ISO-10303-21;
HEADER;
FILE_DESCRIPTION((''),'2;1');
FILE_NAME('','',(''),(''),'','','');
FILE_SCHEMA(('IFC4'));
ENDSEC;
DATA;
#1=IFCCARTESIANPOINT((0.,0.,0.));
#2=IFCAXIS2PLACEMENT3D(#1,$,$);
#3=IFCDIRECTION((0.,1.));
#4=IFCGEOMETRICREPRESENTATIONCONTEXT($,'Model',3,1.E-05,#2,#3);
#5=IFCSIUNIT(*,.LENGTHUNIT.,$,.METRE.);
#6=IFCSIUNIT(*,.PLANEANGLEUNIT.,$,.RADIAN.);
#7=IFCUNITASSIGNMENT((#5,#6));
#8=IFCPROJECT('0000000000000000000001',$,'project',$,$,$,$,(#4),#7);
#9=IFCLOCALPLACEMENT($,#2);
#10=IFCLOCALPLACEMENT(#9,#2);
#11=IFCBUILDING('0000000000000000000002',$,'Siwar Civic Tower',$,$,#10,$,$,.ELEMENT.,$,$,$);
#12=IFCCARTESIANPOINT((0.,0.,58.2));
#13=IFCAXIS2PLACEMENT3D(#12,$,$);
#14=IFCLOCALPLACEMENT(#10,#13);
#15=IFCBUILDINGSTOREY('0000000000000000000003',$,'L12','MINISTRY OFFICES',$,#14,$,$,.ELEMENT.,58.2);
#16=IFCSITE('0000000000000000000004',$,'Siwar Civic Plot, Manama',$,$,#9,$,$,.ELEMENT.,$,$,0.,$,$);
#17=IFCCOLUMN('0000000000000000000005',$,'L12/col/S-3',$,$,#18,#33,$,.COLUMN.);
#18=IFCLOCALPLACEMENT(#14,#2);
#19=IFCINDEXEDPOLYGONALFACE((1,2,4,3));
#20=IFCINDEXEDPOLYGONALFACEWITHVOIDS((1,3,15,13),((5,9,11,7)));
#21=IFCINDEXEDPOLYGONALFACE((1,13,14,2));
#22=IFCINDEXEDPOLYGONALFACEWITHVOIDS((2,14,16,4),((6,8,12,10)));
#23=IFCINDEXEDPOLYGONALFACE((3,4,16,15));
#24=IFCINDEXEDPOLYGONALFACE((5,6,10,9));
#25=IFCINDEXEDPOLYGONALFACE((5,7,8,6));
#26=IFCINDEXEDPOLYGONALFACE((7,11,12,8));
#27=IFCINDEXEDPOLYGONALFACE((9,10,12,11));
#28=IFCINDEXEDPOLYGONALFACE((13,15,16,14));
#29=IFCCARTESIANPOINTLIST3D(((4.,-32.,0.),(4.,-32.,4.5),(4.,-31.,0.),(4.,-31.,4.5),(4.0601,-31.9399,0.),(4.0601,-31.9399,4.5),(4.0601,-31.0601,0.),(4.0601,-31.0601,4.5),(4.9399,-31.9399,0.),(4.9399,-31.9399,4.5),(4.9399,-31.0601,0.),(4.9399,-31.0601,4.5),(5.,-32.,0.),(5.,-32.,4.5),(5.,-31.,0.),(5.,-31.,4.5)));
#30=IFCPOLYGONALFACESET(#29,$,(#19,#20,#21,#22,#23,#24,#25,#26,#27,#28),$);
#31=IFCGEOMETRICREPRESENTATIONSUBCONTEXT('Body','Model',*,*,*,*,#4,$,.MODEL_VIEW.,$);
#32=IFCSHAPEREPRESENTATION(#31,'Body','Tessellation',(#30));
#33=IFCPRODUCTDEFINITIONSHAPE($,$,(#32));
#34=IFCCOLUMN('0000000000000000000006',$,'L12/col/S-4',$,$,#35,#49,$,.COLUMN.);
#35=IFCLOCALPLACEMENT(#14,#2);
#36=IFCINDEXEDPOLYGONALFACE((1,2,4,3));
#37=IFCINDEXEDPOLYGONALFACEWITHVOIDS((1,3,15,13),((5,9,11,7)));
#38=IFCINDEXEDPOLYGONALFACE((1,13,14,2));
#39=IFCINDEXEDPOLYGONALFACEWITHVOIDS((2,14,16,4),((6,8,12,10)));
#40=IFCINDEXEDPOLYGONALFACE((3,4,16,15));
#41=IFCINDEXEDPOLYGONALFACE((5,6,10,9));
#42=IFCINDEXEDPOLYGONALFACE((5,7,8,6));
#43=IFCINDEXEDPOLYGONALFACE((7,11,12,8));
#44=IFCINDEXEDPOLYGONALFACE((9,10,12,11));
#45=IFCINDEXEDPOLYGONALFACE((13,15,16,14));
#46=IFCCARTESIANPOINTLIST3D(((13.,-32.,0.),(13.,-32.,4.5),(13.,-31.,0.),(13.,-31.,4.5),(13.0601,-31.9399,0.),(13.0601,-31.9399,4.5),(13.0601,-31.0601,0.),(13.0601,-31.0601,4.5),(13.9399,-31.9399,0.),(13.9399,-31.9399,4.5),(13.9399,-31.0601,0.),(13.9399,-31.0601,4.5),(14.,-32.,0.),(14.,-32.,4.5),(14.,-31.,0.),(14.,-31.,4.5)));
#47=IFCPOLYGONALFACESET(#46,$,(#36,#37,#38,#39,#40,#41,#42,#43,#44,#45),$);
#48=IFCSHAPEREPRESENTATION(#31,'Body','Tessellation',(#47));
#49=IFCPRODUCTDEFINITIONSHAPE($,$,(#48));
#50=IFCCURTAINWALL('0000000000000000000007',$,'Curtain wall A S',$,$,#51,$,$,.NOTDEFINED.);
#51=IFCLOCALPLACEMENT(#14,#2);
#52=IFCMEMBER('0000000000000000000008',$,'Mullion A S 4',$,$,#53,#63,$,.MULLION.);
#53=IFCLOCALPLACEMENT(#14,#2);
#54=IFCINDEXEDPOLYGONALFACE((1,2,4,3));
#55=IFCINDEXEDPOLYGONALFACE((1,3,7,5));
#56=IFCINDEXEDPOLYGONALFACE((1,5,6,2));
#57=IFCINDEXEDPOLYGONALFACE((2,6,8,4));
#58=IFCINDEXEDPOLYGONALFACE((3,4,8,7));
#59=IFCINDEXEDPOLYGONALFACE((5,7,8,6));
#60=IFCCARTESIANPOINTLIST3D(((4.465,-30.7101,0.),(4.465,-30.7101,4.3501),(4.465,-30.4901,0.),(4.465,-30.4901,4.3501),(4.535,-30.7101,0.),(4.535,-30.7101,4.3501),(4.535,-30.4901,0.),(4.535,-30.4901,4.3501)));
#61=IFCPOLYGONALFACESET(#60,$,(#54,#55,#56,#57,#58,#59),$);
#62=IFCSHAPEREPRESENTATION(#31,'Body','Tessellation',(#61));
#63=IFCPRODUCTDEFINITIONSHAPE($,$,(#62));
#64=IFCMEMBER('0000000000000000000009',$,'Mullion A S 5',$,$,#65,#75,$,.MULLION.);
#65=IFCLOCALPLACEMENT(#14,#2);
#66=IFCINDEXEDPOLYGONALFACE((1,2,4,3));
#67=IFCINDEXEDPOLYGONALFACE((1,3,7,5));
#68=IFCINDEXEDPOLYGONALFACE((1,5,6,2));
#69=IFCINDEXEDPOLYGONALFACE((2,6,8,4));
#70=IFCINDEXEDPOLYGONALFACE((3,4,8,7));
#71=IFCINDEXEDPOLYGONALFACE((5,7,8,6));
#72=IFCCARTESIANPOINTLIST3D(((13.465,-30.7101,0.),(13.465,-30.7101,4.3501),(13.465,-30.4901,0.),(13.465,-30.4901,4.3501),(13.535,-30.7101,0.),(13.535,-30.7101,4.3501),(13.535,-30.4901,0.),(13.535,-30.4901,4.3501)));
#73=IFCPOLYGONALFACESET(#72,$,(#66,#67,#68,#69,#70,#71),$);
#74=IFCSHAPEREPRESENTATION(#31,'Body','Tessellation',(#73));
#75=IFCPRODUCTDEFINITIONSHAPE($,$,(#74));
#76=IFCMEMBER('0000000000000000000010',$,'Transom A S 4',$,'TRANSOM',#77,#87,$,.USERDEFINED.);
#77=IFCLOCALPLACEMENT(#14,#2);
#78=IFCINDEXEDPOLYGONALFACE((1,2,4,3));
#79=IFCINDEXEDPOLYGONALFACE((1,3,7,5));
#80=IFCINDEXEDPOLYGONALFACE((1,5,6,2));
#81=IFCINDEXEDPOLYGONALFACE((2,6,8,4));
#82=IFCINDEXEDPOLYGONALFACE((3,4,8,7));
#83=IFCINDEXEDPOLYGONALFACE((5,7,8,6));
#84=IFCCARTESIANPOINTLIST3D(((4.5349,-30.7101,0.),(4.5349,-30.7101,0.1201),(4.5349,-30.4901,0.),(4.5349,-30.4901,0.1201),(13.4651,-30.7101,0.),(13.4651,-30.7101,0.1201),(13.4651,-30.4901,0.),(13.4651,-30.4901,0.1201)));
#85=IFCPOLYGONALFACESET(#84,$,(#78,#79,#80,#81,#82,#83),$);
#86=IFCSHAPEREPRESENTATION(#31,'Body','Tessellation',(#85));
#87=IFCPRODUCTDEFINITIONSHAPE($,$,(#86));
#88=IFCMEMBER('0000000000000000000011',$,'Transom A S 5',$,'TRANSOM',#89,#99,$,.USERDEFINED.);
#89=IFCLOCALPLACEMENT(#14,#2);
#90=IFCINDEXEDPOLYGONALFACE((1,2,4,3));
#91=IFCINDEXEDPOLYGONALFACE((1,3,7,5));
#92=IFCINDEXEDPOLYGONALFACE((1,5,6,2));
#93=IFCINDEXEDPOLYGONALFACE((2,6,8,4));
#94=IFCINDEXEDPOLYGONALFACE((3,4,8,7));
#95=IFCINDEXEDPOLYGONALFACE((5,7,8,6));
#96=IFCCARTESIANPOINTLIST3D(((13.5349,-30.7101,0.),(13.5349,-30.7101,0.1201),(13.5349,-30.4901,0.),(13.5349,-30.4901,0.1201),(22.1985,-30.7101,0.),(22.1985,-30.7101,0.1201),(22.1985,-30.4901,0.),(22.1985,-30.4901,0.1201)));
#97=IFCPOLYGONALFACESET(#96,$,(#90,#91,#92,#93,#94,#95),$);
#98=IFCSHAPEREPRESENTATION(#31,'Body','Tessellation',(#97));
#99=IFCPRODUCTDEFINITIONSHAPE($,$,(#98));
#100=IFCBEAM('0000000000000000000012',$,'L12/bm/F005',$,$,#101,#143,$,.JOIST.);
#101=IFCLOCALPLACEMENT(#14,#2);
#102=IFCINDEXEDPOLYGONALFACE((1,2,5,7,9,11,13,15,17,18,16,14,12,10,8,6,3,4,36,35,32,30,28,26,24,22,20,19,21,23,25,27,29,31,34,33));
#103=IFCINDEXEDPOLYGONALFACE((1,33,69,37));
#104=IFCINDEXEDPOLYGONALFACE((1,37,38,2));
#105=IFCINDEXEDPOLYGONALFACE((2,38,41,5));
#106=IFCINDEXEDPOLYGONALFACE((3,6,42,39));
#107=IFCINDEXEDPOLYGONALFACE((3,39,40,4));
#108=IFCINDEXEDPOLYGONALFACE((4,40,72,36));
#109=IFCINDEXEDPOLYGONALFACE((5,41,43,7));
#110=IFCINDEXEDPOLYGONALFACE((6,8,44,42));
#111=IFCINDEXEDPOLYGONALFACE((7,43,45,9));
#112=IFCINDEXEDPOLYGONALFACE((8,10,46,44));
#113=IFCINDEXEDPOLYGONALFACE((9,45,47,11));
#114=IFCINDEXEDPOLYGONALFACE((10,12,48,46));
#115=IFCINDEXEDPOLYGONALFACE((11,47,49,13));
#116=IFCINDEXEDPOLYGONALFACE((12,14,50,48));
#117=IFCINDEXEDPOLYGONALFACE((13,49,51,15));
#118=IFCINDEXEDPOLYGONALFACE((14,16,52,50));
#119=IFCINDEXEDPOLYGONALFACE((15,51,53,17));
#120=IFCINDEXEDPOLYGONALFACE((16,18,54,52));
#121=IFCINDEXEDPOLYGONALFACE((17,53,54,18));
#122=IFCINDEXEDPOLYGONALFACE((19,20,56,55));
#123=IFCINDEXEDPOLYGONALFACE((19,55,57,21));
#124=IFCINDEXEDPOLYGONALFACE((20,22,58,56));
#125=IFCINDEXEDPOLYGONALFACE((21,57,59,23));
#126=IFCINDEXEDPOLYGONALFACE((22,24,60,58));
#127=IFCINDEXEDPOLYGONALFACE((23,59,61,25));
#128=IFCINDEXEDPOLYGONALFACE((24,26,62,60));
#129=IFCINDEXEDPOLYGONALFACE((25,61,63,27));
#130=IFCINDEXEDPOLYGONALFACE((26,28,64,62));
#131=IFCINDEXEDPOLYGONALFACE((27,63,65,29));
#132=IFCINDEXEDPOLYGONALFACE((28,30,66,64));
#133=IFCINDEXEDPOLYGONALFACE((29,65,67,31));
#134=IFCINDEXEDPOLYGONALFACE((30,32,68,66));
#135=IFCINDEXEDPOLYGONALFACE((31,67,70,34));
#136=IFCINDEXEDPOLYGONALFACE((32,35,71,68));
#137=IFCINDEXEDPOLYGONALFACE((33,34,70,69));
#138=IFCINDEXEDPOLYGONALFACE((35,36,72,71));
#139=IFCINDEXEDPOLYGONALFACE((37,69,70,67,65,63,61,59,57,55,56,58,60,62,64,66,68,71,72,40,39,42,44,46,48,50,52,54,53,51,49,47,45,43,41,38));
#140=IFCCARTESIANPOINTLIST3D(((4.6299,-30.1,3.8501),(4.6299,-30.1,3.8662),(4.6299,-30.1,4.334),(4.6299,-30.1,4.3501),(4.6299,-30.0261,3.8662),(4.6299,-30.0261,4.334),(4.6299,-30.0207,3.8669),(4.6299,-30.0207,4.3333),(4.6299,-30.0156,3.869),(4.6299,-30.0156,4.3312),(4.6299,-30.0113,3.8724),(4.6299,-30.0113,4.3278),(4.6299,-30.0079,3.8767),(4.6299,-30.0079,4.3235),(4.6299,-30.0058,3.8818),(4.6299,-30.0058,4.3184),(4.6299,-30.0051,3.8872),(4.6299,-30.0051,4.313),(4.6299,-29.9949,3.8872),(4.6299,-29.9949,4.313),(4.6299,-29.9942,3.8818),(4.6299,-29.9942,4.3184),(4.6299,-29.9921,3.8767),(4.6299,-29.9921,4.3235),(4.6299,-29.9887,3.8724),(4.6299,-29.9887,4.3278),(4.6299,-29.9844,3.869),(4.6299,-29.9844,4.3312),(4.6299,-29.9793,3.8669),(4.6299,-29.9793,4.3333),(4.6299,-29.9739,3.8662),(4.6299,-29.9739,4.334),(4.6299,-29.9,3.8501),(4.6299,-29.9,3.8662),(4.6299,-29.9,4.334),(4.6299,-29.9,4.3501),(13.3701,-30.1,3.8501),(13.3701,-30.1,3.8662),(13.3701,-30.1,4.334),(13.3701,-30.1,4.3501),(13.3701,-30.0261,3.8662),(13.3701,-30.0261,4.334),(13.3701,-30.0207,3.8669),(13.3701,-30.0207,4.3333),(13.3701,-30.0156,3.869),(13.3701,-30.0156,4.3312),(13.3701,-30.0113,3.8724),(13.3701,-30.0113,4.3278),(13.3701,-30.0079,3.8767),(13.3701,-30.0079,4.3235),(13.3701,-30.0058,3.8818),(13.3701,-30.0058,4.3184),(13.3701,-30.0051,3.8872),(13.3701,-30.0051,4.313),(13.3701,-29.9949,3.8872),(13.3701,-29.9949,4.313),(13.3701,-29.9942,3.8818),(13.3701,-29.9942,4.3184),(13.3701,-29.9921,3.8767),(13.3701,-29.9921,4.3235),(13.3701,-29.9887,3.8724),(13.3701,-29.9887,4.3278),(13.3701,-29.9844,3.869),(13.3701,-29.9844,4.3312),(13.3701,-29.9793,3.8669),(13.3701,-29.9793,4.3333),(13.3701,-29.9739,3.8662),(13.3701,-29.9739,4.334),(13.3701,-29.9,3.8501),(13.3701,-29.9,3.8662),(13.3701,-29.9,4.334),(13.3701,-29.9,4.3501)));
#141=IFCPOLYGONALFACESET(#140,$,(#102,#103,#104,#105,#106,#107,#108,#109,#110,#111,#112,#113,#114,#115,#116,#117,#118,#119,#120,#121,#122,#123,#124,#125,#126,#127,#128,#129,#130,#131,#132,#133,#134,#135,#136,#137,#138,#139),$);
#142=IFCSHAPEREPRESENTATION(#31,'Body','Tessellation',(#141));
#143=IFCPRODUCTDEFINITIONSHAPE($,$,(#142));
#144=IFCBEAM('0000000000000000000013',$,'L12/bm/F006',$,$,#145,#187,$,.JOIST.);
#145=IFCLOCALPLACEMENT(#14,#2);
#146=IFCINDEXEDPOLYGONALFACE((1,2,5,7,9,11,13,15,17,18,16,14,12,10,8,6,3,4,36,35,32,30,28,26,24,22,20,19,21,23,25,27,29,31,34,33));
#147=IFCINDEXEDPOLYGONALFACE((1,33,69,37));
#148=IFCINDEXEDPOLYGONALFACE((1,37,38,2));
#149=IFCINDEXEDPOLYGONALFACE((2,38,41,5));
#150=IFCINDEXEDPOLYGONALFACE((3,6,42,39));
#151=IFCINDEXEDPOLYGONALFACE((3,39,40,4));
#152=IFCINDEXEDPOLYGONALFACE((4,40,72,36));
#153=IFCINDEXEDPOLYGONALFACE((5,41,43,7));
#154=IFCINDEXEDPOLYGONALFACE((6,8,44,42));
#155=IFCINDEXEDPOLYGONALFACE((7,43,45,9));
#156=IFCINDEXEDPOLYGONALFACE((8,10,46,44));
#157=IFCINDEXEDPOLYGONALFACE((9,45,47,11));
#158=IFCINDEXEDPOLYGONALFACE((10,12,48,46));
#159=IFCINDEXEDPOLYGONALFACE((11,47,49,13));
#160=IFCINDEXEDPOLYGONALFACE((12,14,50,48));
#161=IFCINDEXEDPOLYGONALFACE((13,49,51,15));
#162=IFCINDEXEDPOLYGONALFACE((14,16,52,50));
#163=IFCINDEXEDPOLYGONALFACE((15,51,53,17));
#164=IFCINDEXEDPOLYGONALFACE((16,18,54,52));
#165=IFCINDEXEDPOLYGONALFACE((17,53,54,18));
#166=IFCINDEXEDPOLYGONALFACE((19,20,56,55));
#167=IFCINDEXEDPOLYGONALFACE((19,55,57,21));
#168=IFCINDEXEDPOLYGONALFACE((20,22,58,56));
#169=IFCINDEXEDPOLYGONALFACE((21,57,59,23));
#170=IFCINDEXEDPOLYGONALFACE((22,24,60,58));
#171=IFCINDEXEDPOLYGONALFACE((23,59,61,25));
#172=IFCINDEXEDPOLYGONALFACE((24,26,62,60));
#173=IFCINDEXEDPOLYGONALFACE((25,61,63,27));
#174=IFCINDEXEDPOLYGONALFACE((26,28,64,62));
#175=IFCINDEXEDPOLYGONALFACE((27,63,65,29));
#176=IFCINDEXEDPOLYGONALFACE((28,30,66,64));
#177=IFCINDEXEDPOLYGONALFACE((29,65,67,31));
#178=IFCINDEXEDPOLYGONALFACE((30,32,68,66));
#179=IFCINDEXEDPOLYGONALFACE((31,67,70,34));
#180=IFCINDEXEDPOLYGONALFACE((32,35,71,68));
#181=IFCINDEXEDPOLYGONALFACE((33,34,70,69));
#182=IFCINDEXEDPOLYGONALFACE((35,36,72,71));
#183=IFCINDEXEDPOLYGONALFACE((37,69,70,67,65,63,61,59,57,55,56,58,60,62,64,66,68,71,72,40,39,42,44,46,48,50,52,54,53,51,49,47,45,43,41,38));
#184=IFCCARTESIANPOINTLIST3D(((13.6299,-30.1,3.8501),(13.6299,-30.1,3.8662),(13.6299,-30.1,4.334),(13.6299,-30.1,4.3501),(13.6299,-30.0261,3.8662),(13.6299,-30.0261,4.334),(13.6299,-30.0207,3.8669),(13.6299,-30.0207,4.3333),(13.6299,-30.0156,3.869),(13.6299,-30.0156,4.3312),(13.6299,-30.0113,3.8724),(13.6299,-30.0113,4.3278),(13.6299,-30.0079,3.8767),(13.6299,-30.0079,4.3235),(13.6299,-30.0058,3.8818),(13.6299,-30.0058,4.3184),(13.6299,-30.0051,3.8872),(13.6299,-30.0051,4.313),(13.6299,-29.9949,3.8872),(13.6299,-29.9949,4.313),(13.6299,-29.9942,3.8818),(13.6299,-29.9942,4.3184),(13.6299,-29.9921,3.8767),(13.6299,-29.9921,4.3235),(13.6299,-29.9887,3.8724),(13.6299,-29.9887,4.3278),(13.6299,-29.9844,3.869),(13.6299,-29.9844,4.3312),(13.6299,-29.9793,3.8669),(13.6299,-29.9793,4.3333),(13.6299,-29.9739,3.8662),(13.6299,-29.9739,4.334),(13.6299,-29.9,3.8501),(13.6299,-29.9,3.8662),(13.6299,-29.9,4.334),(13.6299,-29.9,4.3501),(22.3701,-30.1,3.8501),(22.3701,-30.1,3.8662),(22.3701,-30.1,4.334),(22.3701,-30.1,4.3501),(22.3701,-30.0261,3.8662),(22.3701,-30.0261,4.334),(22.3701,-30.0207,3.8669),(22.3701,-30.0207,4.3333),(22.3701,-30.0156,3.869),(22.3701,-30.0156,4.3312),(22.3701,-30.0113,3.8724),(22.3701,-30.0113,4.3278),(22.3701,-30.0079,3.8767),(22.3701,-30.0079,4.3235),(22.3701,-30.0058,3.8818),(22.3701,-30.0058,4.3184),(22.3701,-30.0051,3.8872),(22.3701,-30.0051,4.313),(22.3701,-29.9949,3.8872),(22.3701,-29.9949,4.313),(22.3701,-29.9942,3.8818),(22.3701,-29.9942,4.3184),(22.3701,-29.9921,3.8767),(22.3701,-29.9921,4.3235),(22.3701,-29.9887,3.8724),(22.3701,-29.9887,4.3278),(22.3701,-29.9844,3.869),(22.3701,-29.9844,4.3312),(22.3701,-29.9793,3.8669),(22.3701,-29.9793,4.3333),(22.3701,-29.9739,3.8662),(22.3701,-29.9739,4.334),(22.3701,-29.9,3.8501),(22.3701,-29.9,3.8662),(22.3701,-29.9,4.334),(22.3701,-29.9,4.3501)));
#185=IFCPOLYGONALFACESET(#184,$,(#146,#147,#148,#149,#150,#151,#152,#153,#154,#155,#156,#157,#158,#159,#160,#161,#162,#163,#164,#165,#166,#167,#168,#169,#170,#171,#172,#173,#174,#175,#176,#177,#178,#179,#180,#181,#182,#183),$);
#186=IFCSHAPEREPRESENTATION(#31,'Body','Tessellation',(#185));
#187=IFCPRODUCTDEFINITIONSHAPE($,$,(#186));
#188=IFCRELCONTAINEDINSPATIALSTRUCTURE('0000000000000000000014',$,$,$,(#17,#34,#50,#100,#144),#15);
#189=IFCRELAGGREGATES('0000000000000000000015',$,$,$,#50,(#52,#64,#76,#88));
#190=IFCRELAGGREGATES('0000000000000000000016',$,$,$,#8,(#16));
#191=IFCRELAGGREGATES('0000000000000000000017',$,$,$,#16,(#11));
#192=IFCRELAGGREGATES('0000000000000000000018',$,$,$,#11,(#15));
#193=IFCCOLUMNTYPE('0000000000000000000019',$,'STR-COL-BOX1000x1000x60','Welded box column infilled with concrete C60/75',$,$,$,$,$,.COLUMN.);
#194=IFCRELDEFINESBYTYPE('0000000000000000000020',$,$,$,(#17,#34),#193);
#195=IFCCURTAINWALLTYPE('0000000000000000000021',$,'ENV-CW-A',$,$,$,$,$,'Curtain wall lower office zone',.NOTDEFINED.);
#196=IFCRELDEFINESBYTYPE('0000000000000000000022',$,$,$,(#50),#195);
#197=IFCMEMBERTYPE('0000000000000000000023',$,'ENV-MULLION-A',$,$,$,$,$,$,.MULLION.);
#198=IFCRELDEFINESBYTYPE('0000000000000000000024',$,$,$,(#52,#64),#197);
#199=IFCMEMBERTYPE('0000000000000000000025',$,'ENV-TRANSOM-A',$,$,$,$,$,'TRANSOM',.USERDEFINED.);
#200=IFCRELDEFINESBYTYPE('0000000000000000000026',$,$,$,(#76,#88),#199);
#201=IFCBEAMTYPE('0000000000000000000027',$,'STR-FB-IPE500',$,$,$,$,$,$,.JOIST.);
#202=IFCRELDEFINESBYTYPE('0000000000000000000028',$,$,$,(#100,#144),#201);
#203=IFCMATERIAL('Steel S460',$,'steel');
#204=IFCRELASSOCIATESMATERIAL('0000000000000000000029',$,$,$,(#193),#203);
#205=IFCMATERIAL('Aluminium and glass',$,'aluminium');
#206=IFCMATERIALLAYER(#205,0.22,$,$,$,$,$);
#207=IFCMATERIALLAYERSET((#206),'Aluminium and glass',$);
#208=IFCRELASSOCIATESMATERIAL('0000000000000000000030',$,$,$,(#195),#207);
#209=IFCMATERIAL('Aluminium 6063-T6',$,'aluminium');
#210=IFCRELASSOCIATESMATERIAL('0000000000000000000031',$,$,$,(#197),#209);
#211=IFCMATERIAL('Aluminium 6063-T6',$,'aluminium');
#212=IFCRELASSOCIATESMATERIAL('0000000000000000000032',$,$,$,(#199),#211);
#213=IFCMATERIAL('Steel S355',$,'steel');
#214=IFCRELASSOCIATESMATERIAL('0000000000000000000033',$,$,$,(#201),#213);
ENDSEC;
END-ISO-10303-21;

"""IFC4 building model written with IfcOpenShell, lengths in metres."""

from ifc_helpers import new_model, si_unit, direction, frame, origin, origin_2d, place, context, subcontext, project, spatial, rectangle, hollow_rectangle, i_section, extrude, material, layer, layer_set, material_profile, profile_set, type_object, element, aggregate, save


model = new_model("IFC4")

# Units and contexts
model_context = context("Model", 3, precision=1e-05, world=origin(), true_north=direction((0.0, 1.0)))
body_context = subcontext(model_context, "Body", "Model", "MODEL_VIEW")
ifc_project = project(units=[si_unit("LENGTHUNIT", "METRE"), si_unit("PLANEANGLEUNIT", "RADIAN")], contexts=[model_context])

# Site, building, storey
site_placement = place(None, origin())
site = spatial("IfcSite", under=ifc_project, at=site_placement, Name="Siwar Civic Plot, Manama", CompositionType="ELEMENT", RefElevation=0.0)
building_placement = place(site_placement, origin())
building = spatial("IfcBuilding", under=site, at=building_placement, Name="Siwar Civic Tower", CompositionType="ELEMENT")
storey_placement = place(building_placement, frame((0.0, 0.0, 58.2)))
storey = spatial("IfcBuildingStorey", under=building, at=storey_placement, Name="L12", Description="MINISTRY OFFICES", CompositionType="ELEMENT", Elevation=58.2)

# Columns
ifc_material_1 = material(Name="Steel S460", Category="steel")
ifc_material_profile_1 = material_profile(ifc_material_1, hollow_rectangle(XDim=1.0, YDim=1.0, WallThickness=0.0601, at=origin_2d()), Name="BOX1000x1000x60")
ifc_profile_set_1 = profile_set([ifc_material_profile_1], Name="Steel S460")
column_type = type_object("IfcColumnType", Name="STR-COL-BOX1000x1000x60", Description="Welded box column infilled with concrete C60/75", PredefinedType="COLUMN", material=ifc_profile_set_1)
for number, where, z_axis, x_axis, name in (
    (1, (4.5, -31.5, 0.0), (0.0, 0.0, 1.0), (1.0, 0.0, 0.0), "L12/col/S-3"),
    (2, (13.5, -31.5, 0.0), (0.0, 0.0, 1.0), (1.0, 0.0, 0.0), "L12/col/S-4"),
):
    element("IfcColumn", number, at=place(storey_placement, frame(where, z_axis=z_axis, x_axis=x_axis)), inside=storey, type_object=column_type, Name=name, PredefinedType="COLUMN", context=body_context, shape_type="SweptSolid", body=[
        extrude(hollow_rectangle(XDim=1.0, YDim=1.0, WallThickness=0.0601, at=origin_2d()), origin(), (0.0, 0.0, 1.0), 4.5),
    ])

# Curtain wall, members
ifc_material_2 = material(Name="Aluminium and glass", Category="aluminium")
ifc_layer_1 = layer(ifc_material_2, 0.22)
ifc_layer_set_1 = layer_set([ifc_layer_1], Name="Aluminium and glass")
curtain_wall_type = type_object("IfcCurtainWallType", Name="ENV-CW-A", ElementType="Curtain wall lower office zone", PredefinedType="NOTDEFINED", material=ifc_layer_set_1)
curtain_wall_placement = place(storey_placement, origin())
curtain_wall = element("IfcCurtainWall", 3, at=curtain_wall_placement, inside=storey, type_object=curtain_wall_type, Name="Curtain wall A S", PredefinedType="NOTDEFINED")
ifc_material_3 = material(Name="Aluminium 6063-T6", Category="aluminium")
ifc_material_profile_2 = material_profile(ifc_material_3, rectangle(XDim=0.22, YDim=0.0701, at=origin_2d()), Name="AL 220x70")
ifc_profile_set_2 = profile_set([ifc_material_profile_2], Name="Aluminium 6063-T6")
member_type_1 = type_object("IfcMemberType", Name="ENV-MULLION-A", PredefinedType="MULLION", material=ifc_profile_set_2)
member_1_placement = place(storey_placement, frame((4.5, -30.6001, 0.0), z_axis=(0.0, 0.0, 1.0), x_axis=(0.0, 1.0, 0.0)))
member_1 = element("IfcMember", 4, at=member_1_placement, type_object=member_type_1, Name="Mullion A S 4", PredefinedType="MULLION", context=body_context, shape_type="SweptSolid", body=[
    extrude(rectangle(XDim=0.22, YDim=0.0701, at=origin_2d()), origin(), (0.0, 0.0, 1.0), 4.3501),
])
member_2_placement = place(storey_placement, frame((13.5, -30.6001, 0.0), z_axis=(0.0, 0.0, 1.0), x_axis=(0.0, 1.0, 0.0)))
member_2 = element("IfcMember", 5, at=member_2_placement, type_object=member_type_1, Name="Mullion A S 5", PredefinedType="MULLION", context=body_context, shape_type="SweptSolid", body=[
    extrude(rectangle(XDim=0.22, YDim=0.0701, at=origin_2d()), origin(), (0.0, 0.0, 1.0), 4.3501),
])
ifc_material_4 = material(Name="Aluminium 6063-T6", Category="aluminium")
ifc_material_profile_3 = material_profile(ifc_material_4, rectangle(XDim=0.22, YDim=0.1201, at=origin_2d()), Name="AL 220x120")
ifc_profile_set_3 = profile_set([ifc_material_profile_3], Name="Aluminium 6063-T6")
member_type_2 = type_object("IfcMemberType", Name="ENV-TRANSOM-A", ElementType="TRANSOM", PredefinedType="USERDEFINED", material=ifc_profile_set_3)
member_3_placement = place(storey_placement, frame((4.5349, -30.6001, 0.0601), z_axis=(1.0, 0.0, 0.0), x_axis=(0.0, 1.0, 0.0)))
member_3 = element("IfcMember", 6, at=member_3_placement, type_object=member_type_2, Name="Transom A S 4", ObjectType="TRANSOM", PredefinedType="USERDEFINED", context=body_context, shape_type="SweptSolid", body=[
    extrude(rectangle(XDim=0.22, YDim=0.1201, at=origin_2d()), origin(), (0.0, 0.0, 1.0), 8.9302),
])
member_4_placement = place(storey_placement, frame((13.5349, -30.6001, 0.0601), z_axis=(1.0, 0.0, 0.0), x_axis=(0.0, 1.0, 0.0)))
member_4 = element("IfcMember", 7, at=member_4_placement, type_object=member_type_2, Name="Transom A S 5", ObjectType="TRANSOM", PredefinedType="USERDEFINED", context=body_context, shape_type="SweptSolid", body=[
    extrude(rectangle(XDim=0.22, YDim=0.1201, at=origin_2d()), origin(), (0.0, 0.0, 1.0), 8.6636),
])

# Beams
ifc_material_5 = material(Name="Steel S355", Category="steel")
ifc_material_profile_4 = material_profile(ifc_material_5, i_section(OverallWidth=0.2, OverallDepth=0.5, WebThickness=0.0103, FlangeThickness=0.0161, FilletRadius=0.021, at=origin_2d()), Name="IPE500")
ifc_profile_set_4 = profile_set([ifc_material_profile_4], Name="Steel S355")
beam_type_1 = type_object("IfcBeamType", Name="STR-FB-IPE500", PredefinedType="JOIST", material=ifc_profile_set_4)
for number, where, z_axis, x_axis, name in (
    (8, (4.6299, -30.0, 4.1001), (1.0, 0.0, 0.0), (0.0, 1.0, 0.0), "L12/bm/F005"),
    (9, (13.6299, -30.0, 4.1001), (1.0, 0.0, 0.0), (0.0, 1.0, 0.0), "L12/bm/F006"),
):
    element("IfcBeam", number, at=place(storey_placement, frame(where, z_axis=z_axis, x_axis=x_axis)), inside=storey, type_object=beam_type_1, Name=name, PredefinedType="JOIST", context=body_context, shape_type="SweptSolid", body=[
        extrude(i_section(OverallWidth=0.2, OverallDepth=0.5, WebThickness=0.0103, FlangeThickness=0.0161, FilletRadius=0.021, at=origin_2d()), origin(), (0.0, 0.0, 1.0), 8.7402),
    ])

aggregate(curtain_wall, [member_1, member_2, member_3, member_4])

save(model, "model.ifc")
